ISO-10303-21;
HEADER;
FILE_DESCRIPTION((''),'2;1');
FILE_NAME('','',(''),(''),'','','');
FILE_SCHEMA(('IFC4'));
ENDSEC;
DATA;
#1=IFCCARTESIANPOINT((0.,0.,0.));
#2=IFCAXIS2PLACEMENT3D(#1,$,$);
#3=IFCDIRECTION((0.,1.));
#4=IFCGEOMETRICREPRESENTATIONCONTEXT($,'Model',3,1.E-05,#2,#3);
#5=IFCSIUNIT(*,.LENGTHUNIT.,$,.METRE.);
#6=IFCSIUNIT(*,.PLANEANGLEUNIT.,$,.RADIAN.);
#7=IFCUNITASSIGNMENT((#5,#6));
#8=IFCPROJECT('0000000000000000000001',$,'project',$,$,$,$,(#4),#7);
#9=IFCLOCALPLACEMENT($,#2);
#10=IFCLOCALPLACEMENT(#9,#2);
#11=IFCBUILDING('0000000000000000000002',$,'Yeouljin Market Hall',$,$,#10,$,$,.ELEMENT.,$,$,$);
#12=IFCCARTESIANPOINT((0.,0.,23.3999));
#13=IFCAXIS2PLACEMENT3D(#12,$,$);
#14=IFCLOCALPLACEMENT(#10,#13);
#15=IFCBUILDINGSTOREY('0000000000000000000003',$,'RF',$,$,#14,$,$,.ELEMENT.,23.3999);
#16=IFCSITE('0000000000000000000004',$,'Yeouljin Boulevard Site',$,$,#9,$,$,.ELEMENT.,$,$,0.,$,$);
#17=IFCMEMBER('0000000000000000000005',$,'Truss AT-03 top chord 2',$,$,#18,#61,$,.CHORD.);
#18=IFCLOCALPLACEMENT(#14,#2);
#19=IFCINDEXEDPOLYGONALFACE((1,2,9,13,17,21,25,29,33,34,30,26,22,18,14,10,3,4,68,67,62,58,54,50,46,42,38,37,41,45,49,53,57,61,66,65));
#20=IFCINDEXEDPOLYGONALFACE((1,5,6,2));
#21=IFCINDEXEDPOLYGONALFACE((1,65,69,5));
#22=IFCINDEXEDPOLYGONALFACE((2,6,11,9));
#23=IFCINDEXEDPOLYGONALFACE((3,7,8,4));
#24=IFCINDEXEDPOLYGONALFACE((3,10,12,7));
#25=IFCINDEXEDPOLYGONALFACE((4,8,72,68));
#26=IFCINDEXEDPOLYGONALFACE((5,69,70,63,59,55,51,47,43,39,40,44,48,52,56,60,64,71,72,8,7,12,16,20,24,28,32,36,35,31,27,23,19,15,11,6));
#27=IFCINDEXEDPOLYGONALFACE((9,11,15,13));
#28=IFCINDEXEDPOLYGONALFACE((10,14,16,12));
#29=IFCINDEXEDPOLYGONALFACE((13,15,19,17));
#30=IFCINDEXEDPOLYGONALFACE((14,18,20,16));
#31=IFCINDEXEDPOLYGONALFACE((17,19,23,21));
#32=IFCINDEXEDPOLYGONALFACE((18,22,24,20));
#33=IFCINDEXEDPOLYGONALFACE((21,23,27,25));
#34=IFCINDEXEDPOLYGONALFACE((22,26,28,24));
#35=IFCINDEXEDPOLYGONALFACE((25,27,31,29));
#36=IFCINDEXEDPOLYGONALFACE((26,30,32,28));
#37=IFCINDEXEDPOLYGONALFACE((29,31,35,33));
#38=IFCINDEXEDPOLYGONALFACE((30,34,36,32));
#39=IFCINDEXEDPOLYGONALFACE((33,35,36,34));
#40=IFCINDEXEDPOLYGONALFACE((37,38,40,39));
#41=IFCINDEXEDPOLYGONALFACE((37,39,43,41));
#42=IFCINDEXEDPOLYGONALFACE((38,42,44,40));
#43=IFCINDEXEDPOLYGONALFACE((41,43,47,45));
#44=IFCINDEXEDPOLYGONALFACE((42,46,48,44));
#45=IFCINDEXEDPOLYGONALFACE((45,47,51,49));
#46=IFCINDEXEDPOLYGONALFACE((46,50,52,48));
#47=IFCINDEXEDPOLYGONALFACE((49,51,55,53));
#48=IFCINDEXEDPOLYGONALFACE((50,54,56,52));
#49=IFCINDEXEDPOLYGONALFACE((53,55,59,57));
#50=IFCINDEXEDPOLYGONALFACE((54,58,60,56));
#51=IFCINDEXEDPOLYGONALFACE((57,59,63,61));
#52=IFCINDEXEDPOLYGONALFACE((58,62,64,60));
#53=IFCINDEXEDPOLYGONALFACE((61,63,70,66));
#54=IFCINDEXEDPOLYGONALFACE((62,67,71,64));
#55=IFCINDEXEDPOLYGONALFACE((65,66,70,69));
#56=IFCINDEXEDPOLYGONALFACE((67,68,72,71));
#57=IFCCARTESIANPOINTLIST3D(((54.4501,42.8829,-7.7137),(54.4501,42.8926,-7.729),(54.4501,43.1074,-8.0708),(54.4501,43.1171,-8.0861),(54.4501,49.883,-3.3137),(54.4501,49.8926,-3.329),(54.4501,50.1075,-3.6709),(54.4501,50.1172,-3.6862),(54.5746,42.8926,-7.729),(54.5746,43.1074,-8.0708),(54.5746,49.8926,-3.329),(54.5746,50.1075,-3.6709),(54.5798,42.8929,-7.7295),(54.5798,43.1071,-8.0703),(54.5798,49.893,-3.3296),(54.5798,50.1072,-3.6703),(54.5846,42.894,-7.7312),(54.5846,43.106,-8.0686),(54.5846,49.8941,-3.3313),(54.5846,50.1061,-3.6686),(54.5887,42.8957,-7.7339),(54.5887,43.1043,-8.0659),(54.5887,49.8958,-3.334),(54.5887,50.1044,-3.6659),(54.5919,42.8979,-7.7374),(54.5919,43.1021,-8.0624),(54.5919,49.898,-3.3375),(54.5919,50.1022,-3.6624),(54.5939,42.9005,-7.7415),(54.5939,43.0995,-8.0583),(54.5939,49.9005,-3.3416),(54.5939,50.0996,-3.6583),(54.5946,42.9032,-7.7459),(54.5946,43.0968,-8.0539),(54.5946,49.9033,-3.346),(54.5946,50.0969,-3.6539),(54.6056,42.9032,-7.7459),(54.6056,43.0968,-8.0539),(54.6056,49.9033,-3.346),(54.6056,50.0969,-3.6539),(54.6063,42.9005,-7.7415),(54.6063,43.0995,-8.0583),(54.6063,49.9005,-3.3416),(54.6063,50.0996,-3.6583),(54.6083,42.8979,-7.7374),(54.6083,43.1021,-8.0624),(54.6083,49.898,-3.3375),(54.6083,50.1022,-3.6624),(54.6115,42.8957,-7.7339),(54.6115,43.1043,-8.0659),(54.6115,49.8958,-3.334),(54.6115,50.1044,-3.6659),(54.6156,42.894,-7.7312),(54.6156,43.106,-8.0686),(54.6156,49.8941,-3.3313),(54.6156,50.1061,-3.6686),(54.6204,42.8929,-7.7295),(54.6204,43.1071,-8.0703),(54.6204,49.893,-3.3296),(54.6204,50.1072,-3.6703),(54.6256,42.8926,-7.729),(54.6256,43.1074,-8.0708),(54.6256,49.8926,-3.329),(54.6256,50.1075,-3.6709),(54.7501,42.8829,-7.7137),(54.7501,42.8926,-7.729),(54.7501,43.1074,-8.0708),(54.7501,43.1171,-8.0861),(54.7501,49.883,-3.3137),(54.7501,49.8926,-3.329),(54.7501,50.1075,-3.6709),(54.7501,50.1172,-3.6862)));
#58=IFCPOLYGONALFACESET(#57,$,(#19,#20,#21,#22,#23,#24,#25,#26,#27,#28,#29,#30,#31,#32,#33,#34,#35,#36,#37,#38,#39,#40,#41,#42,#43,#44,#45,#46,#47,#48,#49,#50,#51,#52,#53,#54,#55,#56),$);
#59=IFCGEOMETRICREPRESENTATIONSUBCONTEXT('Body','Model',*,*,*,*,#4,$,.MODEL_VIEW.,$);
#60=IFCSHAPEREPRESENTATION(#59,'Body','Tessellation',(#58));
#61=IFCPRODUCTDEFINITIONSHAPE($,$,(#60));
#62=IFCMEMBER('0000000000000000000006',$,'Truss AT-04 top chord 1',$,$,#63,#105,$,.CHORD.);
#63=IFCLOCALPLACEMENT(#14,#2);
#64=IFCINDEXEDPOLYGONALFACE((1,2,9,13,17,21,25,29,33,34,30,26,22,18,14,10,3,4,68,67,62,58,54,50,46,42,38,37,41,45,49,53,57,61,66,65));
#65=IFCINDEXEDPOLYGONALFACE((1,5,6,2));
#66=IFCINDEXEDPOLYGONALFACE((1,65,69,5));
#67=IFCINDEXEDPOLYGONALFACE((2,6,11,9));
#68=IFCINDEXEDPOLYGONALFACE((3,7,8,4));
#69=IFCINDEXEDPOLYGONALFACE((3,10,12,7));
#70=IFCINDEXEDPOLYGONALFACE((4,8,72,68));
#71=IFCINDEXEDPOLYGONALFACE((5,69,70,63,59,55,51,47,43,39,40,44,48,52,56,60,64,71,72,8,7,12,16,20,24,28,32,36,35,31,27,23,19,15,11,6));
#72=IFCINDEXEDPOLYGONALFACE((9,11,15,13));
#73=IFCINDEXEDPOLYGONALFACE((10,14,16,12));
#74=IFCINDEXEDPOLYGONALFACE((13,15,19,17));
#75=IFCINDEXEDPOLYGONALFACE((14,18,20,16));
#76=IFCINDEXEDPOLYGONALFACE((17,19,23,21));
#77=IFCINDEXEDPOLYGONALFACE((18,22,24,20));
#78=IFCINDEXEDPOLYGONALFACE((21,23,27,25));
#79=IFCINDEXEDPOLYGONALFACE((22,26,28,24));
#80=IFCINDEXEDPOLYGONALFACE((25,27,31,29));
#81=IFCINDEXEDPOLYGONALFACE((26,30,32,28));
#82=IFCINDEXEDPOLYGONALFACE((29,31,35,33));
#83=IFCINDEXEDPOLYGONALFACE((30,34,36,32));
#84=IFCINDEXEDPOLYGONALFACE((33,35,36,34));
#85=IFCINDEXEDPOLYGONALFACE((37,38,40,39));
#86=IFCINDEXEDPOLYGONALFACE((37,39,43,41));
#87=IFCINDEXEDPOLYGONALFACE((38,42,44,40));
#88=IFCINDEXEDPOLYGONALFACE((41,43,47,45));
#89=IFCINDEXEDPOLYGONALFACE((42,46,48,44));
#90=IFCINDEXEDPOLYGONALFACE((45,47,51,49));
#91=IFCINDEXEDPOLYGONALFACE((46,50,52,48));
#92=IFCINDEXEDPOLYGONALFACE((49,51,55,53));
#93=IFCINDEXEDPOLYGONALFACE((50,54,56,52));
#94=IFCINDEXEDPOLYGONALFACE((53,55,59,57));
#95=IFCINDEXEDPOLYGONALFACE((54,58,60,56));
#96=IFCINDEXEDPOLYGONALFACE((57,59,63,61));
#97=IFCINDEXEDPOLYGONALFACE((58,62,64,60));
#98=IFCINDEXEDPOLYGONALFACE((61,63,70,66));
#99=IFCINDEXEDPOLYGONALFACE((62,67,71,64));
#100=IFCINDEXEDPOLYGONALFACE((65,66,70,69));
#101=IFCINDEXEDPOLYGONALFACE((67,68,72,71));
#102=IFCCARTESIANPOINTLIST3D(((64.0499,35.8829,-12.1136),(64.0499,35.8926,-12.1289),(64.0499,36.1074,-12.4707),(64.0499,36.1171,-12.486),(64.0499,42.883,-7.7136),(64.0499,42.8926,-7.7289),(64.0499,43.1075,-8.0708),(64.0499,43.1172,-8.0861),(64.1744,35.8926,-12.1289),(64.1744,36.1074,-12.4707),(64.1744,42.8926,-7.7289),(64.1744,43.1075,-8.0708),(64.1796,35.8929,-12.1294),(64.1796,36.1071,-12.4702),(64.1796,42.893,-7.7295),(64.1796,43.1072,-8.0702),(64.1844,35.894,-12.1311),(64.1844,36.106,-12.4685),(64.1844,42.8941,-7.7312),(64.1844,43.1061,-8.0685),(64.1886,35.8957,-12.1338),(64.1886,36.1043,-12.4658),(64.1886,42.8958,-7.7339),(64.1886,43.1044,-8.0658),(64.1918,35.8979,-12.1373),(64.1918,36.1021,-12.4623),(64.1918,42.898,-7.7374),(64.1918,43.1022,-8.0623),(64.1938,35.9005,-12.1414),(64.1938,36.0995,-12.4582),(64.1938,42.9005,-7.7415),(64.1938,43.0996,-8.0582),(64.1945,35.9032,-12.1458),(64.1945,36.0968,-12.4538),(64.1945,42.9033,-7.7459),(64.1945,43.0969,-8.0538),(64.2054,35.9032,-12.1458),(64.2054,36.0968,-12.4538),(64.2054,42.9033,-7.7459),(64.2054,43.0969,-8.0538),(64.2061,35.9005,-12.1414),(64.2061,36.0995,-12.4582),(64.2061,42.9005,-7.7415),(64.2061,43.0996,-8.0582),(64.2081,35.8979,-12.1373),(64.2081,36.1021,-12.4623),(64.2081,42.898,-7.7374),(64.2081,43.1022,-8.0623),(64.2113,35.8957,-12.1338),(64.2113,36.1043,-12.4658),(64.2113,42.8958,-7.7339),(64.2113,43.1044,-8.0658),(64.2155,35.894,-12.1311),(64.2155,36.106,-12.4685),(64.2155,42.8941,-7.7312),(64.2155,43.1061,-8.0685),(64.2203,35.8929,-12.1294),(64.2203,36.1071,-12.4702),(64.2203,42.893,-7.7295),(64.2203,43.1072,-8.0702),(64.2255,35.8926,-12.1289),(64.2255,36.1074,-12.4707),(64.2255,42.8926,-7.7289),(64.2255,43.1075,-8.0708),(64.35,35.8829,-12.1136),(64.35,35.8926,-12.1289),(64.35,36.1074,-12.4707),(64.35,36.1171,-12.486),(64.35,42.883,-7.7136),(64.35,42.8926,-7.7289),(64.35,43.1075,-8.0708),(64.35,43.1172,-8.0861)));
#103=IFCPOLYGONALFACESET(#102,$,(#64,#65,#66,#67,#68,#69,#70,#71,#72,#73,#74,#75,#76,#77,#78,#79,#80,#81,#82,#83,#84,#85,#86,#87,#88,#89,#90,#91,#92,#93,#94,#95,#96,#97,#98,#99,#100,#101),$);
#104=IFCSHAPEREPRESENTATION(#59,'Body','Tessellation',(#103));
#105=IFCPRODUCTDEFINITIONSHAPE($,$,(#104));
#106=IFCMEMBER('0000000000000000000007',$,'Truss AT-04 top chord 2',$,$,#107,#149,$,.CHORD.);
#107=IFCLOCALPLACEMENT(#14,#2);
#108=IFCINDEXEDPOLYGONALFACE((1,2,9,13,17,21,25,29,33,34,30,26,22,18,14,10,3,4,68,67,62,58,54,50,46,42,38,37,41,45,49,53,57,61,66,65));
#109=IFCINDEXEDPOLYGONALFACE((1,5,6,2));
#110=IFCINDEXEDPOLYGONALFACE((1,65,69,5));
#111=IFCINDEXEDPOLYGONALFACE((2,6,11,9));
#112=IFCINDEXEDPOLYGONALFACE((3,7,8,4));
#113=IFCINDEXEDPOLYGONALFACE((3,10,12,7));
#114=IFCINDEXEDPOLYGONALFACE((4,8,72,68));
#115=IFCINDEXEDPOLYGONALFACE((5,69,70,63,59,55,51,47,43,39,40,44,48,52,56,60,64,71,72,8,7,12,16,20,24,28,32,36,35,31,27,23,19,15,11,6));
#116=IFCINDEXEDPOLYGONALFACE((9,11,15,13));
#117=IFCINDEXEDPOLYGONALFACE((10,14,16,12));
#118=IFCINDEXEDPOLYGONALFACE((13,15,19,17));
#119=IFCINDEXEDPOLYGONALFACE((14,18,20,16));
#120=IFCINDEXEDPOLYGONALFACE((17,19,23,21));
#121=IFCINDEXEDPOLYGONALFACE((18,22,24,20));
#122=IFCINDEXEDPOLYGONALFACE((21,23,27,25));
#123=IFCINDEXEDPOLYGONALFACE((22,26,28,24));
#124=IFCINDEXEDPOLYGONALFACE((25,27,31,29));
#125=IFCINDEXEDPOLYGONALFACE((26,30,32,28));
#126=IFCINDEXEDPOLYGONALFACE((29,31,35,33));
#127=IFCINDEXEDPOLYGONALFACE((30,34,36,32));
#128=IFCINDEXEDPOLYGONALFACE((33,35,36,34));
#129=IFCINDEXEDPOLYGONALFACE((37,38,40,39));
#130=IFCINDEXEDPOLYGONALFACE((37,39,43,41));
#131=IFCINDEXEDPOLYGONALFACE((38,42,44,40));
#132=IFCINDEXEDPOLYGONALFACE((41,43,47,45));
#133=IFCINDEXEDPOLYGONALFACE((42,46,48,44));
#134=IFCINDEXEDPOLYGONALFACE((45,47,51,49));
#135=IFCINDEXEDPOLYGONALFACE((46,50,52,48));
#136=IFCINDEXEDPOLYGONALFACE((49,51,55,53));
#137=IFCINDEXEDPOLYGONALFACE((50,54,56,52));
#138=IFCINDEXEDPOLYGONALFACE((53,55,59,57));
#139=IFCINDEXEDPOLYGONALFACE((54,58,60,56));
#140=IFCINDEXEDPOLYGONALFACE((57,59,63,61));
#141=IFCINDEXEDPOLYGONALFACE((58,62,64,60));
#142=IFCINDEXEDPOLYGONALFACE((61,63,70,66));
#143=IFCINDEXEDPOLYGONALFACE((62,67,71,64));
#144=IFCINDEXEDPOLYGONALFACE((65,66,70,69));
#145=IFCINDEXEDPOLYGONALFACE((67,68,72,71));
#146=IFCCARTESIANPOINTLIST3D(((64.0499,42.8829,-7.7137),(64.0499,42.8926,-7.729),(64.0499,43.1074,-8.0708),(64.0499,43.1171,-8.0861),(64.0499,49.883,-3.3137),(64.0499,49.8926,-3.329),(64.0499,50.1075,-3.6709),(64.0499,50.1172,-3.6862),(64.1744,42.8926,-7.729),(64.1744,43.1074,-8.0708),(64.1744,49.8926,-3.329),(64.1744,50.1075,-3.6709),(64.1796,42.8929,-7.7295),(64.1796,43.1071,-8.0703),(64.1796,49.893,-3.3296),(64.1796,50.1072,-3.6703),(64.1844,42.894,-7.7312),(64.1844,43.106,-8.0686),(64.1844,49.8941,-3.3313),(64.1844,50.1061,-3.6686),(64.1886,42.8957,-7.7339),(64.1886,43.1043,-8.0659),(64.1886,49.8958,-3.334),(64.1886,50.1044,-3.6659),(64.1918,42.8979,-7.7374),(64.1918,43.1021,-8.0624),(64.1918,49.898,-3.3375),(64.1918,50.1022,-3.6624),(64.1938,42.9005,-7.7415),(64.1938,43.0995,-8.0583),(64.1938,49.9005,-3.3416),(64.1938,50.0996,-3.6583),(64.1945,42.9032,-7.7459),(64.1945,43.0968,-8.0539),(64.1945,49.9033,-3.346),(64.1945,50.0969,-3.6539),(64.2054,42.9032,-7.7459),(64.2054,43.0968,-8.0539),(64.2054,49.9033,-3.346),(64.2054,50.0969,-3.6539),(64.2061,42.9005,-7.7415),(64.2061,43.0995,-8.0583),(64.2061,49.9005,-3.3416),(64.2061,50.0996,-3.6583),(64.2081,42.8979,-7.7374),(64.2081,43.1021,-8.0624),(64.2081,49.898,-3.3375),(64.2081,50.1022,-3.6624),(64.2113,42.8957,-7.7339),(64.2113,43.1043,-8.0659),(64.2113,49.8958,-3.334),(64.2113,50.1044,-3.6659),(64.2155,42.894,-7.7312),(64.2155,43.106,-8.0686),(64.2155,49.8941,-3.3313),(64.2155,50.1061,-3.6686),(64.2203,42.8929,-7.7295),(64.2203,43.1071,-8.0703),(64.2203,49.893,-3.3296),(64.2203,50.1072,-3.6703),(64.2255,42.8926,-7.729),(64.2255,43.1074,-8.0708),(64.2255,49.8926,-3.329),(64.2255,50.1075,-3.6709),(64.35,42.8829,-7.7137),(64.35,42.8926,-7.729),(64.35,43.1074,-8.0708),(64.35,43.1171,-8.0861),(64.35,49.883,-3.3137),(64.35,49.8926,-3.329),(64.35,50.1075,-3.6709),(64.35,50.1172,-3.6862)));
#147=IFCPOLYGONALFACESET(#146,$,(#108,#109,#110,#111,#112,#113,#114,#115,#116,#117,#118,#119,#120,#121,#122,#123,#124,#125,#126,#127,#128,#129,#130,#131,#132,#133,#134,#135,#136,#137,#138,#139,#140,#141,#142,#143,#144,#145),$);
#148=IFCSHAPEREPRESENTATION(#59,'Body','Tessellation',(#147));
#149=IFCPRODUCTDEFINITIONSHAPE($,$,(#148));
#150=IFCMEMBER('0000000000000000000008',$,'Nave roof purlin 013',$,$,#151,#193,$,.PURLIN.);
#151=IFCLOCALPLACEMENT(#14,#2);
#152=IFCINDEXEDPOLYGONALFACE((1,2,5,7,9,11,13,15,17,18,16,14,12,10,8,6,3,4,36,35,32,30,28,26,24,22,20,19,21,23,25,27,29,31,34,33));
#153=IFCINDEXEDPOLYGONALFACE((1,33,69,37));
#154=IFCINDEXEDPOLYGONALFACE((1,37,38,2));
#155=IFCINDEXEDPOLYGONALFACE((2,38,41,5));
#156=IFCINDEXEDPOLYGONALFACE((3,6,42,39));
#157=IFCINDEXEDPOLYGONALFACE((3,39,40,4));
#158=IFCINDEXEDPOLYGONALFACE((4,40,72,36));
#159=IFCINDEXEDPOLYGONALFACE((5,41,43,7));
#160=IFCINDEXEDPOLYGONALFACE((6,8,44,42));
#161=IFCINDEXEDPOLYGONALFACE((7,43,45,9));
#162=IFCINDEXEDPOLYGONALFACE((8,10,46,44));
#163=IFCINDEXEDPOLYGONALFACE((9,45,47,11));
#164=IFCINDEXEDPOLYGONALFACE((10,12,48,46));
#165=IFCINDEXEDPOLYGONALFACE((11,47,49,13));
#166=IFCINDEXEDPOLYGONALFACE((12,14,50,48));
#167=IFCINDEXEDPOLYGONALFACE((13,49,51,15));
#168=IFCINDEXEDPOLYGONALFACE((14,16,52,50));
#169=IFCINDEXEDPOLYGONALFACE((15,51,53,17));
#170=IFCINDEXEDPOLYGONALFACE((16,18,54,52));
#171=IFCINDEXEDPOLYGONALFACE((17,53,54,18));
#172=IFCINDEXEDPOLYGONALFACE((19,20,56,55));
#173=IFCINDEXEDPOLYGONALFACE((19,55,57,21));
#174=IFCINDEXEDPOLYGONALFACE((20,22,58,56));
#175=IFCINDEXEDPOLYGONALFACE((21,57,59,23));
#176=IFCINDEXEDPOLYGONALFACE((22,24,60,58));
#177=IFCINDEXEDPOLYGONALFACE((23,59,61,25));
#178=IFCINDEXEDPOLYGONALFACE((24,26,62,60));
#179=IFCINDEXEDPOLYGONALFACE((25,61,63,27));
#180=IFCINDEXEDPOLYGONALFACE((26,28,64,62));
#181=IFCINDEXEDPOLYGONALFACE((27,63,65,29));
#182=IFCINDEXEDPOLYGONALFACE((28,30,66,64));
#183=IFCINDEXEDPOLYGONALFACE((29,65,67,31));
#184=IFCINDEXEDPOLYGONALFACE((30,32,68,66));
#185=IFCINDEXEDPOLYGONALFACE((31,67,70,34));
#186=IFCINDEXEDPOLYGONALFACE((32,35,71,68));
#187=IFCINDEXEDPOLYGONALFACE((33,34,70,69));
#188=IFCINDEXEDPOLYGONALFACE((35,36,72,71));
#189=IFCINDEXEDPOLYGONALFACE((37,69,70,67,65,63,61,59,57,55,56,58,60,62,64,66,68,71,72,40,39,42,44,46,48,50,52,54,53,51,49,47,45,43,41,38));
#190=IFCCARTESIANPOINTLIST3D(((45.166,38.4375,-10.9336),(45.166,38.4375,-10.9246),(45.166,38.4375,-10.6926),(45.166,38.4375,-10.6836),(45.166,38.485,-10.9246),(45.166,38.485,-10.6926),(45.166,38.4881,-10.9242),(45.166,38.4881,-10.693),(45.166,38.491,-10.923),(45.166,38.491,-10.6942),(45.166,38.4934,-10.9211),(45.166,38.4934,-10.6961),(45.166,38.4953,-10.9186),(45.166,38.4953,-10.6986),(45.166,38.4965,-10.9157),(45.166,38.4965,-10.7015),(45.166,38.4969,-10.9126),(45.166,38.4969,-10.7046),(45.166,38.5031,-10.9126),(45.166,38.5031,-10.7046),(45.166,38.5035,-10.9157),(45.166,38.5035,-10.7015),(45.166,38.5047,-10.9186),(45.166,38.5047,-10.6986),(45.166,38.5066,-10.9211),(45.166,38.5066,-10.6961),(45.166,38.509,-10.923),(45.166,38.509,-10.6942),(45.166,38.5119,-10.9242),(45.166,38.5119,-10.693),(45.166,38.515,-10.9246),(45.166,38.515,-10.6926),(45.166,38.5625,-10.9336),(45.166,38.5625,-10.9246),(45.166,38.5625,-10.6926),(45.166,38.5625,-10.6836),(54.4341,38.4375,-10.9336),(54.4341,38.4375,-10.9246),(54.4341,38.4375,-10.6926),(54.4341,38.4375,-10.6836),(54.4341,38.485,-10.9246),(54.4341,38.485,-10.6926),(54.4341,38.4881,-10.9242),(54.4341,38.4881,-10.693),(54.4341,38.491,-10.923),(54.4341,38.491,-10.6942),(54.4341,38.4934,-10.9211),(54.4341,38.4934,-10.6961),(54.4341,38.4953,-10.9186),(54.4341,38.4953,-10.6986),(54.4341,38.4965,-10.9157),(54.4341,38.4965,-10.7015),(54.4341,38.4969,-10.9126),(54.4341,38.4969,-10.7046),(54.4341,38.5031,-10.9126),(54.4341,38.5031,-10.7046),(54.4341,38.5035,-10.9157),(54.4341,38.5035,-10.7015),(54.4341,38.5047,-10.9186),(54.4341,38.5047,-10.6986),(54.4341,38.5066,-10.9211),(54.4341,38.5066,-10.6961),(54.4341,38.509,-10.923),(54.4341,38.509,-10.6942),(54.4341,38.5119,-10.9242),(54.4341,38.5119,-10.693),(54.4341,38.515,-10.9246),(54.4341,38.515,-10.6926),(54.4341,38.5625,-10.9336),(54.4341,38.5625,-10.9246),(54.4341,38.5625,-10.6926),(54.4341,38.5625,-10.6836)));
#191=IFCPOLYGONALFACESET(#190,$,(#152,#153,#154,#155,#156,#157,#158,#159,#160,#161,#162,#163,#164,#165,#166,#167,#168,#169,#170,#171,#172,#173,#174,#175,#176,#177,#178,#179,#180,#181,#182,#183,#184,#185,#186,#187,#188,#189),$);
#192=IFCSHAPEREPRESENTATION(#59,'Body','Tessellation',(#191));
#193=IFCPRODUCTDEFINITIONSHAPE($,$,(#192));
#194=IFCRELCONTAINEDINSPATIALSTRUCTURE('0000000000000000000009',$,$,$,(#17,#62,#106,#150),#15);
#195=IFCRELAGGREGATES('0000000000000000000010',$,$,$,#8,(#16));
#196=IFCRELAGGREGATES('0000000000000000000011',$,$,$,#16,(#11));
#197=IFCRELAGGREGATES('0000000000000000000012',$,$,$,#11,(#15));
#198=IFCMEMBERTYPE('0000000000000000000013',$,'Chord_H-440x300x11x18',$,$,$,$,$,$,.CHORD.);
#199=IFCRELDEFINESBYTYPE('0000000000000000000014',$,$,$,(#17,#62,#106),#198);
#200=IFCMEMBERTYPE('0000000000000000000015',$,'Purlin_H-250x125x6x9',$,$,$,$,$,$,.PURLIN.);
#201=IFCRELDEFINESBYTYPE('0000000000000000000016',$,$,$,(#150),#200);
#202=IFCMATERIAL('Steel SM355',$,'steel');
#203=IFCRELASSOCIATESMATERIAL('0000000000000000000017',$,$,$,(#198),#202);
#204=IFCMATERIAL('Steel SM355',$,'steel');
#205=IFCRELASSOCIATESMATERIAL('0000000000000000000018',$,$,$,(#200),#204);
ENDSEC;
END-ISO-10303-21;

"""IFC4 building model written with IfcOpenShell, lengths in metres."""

from ifc_helpers import new_model, si_unit, direction, frame, origin, origin_2d, place, context, subcontext, project, spatial, i_section, extrude, material, material_profile, profile_set, type_object, element, save


model = new_model("IFC4")

# Units and contexts
model_context = context("Model", 3, precision=1e-05, world=origin(), true_north=direction((0.0, 1.0)))
body_context = subcontext(model_context, "Body", "Model", "MODEL_VIEW")
ifc_project = project(units=[si_unit("LENGTHUNIT", "METRE"), si_unit("PLANEANGLEUNIT", "RADIAN")], contexts=[model_context])

# Site, building, storey
site_placement = place(None, origin())
site = spatial("IfcSite", under=ifc_project, at=site_placement, Name="Yeouljin Boulevard Site", CompositionType="ELEMENT", RefElevation=0.0)
building_placement = place(site_placement, origin())
building = spatial("IfcBuilding", under=site, at=building_placement, Name="Yeouljin Market Hall", CompositionType="ELEMENT")
storey_placement = place(building_placement, frame((0.0, 0.0, 23.3999)))
storey = spatial("IfcBuildingStorey", under=building, at=storey_placement, Name="RF", CompositionType="ELEMENT", Elevation=23.3999)

# Members
ifc_material_1 = material(Name="Steel SM355", Category="steel")
ifc_material_profile_1 = material_profile(ifc_material_1, i_section(OverallWidth=0.3, OverallDepth=0.4399, WebThickness=0.011, FlangeThickness=0.0181, FilletRadius=0.02, at=origin_2d()), Name="H-440x300x11x18")
ifc_profile_set_1 = profile_set([ifc_material_profile_1], Name="Steel SM355")
member_type_1 = type_object("IfcMemberType", Name="Chord_H-440x300x11x18", PredefinedType="CHORD", material=ifc_profile_set_1)
for number, where, z_axis, x_axis, name in (
    (1, (54.6001, 43.0, -7.8999), (0.0, 0.846642, 0.532163), (-1.0, 0.0, 0.0), "Truss AT-03 top chord 2"),
    (2, (64.2, 36.0, -12.2998), (0.0, 0.846642, 0.532163), (-1.0, 0.0, 0.0), "Truss AT-04 top chord 1"),
    (3, (64.2, 43.0, -7.8999), (0.0, 0.846642, 0.532163), (-1.0, 0.0, 0.0), "Truss AT-04 top chord 2"),
):
    element("IfcMember", number, at=place(storey_placement, frame(where, z_axis=z_axis, x_axis=x_axis)), inside=storey, type_object=member_type_1, Name=name, PredefinedType="CHORD", context=body_context, shape_type="SweptSolid", body=[
        extrude(i_section(OverallWidth=0.3, OverallDepth=0.4399, WebThickness=0.011, FlangeThickness=0.0181, FilletRadius=0.02, at=origin_2d()), origin(), (0.0, 0.0, 1.0), 8.2681),
    ])
ifc_material_2 = material(Name="Steel SM355", Category="steel")
ifc_material_profile_2 = material_profile(ifc_material_2, i_section(OverallWidth=0.125, OverallDepth=0.25, WebThickness=0.0061, FlangeThickness=0.009, FilletRadius=0.012, at=origin_2d()), Name="H-250x125x6x9")
ifc_profile_set_2 = profile_set([ifc_material_profile_2], Name="Steel SM355")
member_type_2 = type_object("IfcMemberType", Name="Purlin_H-250x125x6x9", PredefinedType="PURLIN", material=ifc_profile_set_2)
member_1_placement = place(storey_placement, frame((45.166, 38.5, -10.8086), z_axis=(1.0, 0.0, 0.0), x_axis=(0.0, 1.0, 0.0)))
element("IfcMember", 4, at=member_1_placement, inside=storey, type_object=member_type_2, Name="Nave roof purlin 013", PredefinedType="PURLIN", context=body_context, shape_type="SweptSolid", body=[
    extrude(i_section(OverallWidth=0.125, OverallDepth=0.25, WebThickness=0.0061, FlangeThickness=0.009, FilletRadius=0.012, at=origin_2d()), origin(), (0.0, 0.0, 1.0), 9.2681),
])

save(model, "model.ifc")
